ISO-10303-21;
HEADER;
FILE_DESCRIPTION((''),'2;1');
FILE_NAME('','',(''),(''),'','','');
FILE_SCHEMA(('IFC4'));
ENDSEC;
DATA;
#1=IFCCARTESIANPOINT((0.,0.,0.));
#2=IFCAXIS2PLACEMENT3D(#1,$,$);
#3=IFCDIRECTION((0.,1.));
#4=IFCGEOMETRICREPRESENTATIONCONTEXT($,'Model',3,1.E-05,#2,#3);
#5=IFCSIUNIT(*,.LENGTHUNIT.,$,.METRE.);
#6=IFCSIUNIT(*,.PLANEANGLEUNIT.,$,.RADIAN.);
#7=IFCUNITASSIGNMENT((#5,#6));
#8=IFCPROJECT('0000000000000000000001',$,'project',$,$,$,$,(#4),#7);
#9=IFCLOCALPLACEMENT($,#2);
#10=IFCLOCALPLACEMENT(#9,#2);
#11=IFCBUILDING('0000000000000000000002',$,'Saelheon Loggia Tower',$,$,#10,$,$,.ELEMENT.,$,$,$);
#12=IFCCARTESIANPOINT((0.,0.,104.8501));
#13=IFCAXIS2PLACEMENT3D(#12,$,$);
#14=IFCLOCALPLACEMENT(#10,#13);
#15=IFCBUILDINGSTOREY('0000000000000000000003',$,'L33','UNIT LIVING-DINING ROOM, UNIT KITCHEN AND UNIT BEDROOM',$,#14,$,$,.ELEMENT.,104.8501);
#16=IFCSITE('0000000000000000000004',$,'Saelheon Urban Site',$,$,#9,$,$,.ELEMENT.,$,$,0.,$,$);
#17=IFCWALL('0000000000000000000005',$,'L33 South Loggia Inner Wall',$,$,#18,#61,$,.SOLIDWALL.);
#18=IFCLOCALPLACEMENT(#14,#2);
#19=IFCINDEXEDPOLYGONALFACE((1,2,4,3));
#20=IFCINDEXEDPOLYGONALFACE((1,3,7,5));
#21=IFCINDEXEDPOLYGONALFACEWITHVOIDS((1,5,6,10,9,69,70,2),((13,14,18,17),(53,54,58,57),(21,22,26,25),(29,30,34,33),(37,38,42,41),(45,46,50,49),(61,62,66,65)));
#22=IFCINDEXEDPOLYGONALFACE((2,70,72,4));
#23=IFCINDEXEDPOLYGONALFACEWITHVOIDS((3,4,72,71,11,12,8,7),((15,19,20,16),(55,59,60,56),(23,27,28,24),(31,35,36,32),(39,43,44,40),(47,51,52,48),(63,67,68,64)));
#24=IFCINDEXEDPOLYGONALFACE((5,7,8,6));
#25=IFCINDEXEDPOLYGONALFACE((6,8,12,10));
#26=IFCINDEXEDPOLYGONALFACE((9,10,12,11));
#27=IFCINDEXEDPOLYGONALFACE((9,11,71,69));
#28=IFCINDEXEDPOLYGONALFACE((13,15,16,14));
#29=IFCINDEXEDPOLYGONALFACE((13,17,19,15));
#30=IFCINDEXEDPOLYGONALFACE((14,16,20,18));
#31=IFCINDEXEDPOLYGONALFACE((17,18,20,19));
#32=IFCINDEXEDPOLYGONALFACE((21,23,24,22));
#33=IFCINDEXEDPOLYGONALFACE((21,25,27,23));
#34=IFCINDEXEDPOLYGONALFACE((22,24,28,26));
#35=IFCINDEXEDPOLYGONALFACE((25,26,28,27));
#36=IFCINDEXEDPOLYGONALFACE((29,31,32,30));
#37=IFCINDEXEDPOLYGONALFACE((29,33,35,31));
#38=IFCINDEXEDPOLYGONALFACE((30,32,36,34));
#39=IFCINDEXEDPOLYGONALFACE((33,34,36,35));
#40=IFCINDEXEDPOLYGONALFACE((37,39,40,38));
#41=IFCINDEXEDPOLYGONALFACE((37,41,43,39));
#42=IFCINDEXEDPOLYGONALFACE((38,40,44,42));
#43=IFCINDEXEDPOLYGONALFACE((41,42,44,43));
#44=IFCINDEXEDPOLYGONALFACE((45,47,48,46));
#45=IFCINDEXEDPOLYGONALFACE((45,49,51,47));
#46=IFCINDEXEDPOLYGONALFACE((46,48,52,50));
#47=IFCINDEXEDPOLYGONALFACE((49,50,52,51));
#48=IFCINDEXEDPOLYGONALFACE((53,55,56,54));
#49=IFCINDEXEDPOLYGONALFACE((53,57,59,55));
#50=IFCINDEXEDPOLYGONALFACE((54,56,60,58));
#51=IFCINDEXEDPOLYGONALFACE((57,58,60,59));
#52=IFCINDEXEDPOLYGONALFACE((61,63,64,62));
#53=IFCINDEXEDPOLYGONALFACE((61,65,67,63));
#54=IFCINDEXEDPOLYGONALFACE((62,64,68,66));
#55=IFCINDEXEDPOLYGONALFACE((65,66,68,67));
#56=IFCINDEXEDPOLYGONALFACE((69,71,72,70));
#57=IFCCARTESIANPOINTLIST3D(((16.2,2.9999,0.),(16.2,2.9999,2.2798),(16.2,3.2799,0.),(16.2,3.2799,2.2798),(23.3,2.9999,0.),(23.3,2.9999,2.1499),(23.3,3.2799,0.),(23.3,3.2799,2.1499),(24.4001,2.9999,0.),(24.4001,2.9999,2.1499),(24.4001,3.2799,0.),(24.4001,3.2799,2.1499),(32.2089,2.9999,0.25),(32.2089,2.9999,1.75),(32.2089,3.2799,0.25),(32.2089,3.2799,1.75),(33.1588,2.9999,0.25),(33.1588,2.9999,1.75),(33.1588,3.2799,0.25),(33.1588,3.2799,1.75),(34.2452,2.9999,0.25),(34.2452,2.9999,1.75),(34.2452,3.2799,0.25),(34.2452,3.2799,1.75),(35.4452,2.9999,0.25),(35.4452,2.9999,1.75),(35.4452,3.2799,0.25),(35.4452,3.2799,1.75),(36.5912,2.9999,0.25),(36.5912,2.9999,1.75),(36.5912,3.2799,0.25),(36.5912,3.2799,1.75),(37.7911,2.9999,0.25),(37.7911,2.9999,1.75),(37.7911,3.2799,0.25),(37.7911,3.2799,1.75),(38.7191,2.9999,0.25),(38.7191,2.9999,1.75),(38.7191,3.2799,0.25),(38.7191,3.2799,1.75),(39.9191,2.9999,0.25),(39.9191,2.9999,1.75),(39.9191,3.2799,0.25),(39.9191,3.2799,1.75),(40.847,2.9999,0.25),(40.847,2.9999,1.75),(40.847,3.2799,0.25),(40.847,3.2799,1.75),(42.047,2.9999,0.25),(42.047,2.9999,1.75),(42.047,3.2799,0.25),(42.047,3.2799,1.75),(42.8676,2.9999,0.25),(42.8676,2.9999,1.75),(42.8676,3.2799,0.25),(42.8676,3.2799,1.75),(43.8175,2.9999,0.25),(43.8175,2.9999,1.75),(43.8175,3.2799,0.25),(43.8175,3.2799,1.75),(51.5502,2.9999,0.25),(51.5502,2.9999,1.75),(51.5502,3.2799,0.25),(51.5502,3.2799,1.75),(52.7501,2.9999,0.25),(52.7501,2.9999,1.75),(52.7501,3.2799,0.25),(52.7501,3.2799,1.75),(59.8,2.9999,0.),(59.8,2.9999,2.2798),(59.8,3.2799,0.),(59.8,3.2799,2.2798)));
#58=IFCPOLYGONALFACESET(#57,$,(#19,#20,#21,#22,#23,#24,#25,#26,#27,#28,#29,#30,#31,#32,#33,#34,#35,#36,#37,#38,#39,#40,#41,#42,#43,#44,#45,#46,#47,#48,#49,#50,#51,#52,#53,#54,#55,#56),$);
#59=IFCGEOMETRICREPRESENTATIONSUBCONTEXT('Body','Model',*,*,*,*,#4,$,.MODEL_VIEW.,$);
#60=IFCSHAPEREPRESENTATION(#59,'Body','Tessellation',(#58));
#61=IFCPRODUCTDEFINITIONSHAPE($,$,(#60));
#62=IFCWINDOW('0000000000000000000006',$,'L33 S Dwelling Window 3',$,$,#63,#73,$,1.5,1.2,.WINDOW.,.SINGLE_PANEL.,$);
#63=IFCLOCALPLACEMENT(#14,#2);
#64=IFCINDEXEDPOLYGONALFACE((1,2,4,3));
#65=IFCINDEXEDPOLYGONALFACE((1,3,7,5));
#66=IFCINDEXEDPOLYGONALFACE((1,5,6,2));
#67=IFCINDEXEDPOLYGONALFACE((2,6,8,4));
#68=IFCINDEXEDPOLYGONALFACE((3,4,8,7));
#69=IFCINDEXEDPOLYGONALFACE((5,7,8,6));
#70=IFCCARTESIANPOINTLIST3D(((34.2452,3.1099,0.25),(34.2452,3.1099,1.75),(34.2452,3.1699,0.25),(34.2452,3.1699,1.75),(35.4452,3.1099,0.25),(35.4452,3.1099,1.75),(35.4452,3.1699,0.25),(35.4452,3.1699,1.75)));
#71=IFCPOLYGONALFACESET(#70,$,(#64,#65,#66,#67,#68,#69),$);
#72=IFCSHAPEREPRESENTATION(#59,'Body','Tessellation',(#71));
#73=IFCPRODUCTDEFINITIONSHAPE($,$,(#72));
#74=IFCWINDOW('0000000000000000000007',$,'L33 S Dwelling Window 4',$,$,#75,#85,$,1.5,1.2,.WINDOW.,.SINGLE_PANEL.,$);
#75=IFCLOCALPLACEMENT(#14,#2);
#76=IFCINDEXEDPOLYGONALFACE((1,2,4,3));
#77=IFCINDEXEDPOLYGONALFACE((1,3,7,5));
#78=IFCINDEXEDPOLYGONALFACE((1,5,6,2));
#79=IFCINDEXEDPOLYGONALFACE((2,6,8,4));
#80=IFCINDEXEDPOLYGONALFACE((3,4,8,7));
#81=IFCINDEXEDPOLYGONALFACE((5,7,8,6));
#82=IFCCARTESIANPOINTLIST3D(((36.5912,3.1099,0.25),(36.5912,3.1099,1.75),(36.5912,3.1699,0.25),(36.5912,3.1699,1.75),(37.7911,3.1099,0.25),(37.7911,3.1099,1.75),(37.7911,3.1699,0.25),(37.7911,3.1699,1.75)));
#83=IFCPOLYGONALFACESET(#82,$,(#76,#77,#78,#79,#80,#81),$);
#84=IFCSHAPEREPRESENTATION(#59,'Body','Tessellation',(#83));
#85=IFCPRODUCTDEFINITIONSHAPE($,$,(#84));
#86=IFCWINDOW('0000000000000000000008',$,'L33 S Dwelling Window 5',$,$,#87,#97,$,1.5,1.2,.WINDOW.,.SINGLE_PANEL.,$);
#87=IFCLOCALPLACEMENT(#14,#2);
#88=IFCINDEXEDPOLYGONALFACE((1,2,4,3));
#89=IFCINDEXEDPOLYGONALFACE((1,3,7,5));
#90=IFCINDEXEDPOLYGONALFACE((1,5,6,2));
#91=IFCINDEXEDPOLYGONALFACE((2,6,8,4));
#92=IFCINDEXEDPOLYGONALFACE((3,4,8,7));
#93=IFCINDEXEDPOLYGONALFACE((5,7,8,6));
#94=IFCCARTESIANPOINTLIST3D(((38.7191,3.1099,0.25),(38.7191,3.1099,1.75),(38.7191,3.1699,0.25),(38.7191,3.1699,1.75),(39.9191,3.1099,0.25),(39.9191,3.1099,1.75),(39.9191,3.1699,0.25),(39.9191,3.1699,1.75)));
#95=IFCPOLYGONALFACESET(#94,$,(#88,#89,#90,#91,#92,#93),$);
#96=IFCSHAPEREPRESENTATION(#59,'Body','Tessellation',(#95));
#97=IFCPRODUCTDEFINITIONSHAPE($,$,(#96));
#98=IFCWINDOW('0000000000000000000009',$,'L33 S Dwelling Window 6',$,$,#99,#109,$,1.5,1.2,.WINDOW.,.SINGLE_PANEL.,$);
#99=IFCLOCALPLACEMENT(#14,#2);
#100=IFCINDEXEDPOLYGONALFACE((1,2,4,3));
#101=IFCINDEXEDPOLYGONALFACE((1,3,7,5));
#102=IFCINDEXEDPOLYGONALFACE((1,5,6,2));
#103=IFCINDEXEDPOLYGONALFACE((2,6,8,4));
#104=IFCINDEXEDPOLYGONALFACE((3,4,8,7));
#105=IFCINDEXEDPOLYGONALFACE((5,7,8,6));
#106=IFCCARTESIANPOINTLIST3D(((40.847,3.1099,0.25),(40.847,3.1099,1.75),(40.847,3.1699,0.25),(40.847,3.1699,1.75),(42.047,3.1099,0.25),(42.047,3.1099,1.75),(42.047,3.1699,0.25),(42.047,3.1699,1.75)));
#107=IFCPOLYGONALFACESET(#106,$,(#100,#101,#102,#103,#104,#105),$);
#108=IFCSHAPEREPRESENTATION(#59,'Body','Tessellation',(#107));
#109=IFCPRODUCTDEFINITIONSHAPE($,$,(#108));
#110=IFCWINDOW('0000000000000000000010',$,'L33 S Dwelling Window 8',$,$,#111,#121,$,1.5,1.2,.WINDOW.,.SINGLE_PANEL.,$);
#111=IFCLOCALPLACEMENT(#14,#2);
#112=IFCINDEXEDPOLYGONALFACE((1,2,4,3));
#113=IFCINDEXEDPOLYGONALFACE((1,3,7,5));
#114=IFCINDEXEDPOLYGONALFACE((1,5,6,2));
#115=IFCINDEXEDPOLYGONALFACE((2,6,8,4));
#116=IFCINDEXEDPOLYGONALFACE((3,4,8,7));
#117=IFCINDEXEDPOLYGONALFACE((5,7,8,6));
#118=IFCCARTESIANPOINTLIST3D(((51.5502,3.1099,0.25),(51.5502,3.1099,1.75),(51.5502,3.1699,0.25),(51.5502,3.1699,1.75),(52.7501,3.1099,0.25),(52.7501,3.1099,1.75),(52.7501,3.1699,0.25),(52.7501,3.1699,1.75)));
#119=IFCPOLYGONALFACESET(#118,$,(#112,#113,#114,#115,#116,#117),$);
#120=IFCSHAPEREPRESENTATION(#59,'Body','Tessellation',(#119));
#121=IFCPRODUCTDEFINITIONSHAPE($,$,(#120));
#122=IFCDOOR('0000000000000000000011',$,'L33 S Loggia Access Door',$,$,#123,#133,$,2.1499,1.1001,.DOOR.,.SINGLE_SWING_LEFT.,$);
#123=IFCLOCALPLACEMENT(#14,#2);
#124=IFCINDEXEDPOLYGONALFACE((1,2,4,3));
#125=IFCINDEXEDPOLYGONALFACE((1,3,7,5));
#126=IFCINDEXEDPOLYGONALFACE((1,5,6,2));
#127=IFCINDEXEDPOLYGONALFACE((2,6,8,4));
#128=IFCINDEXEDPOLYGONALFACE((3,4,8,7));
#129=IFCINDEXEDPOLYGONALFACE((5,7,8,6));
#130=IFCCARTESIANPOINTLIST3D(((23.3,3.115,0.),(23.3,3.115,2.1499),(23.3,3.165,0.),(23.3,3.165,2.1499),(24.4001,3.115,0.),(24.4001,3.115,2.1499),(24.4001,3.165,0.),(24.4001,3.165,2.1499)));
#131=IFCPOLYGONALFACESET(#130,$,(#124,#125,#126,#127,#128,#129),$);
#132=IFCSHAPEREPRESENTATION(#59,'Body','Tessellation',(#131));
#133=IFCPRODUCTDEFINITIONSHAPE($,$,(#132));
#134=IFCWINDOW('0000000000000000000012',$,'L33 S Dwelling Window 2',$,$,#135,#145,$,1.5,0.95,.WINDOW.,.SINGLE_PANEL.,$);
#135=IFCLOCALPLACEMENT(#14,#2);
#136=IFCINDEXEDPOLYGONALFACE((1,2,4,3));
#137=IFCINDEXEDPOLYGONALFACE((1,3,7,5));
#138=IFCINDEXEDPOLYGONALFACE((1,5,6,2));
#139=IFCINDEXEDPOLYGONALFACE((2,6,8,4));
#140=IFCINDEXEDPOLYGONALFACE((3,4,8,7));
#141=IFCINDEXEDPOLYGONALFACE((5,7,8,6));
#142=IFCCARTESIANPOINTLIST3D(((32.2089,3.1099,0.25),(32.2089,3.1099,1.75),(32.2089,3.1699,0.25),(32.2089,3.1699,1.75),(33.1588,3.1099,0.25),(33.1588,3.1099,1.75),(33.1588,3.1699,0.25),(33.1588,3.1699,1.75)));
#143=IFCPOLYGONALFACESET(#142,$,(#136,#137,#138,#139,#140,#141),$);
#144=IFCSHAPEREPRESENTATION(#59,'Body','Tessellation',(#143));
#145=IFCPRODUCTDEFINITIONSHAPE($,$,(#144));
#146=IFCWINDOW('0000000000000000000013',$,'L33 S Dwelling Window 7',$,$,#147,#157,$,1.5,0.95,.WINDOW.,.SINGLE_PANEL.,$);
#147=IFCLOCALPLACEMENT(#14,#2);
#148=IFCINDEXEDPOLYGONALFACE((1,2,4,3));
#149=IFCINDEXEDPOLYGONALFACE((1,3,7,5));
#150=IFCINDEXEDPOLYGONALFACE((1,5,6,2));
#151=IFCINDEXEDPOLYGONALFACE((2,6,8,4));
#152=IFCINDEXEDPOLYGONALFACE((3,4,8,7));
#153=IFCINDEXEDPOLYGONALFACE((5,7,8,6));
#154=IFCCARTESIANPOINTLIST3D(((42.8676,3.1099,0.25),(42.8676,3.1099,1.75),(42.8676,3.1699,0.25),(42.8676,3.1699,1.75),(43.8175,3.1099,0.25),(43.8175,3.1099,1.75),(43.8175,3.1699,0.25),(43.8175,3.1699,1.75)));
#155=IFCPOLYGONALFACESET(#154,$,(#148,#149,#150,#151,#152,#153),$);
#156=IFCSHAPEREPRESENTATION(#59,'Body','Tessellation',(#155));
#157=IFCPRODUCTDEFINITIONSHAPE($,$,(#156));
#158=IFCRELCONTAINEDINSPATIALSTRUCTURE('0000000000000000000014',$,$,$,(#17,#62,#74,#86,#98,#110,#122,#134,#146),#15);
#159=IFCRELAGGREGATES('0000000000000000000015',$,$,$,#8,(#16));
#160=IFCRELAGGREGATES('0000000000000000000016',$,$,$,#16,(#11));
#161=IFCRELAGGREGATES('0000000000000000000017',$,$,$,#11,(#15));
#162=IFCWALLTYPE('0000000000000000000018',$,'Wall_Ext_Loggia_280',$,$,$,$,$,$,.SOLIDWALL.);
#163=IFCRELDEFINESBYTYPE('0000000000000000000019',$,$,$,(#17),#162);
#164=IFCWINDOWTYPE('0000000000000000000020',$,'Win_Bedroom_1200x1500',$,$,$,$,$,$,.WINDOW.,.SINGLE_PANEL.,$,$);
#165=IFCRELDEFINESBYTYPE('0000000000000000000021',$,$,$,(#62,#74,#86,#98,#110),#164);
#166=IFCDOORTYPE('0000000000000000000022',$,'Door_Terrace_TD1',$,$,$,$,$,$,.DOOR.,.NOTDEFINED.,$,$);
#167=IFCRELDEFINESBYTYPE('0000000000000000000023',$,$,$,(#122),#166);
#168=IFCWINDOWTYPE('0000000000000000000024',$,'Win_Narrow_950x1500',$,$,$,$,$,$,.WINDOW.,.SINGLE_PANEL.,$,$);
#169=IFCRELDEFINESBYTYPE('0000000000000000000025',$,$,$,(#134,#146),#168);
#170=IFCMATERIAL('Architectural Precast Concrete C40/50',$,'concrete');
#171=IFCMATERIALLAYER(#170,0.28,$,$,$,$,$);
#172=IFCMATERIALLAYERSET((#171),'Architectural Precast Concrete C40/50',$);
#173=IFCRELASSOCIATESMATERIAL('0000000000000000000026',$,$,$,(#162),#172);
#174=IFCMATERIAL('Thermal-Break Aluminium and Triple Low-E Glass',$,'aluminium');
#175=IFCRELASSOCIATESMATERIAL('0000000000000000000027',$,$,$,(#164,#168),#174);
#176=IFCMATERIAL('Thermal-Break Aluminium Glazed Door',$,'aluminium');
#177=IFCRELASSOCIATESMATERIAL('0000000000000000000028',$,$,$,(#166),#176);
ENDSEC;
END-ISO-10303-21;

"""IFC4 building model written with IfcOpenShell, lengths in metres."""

from ifc_helpers import new_model, si_unit, direction, frame, frame_2d, origin, place, context, subcontext, project, spatial, rectangle, extrude, source, transform, mapped, material, layer, layer_set, type_object, element, fill, save


model = new_model("IFC4")

# Units and contexts
model_context = context("Model", 3, precision=1e-05, world=origin(), true_north=direction((0.0, 1.0)))
body_context = subcontext(model_context, "Body", "Model", "MODEL_VIEW")
ifc_project = project(units=[si_unit("LENGTHUNIT", "METRE"), si_unit("PLANEANGLEUNIT", "RADIAN")], contexts=[model_context])

# Site, building, storey
site_placement = place(None, origin())
site = spatial("IfcSite", under=ifc_project, at=site_placement, Name="Saelheon Urban Site", CompositionType="ELEMENT", RefElevation=0.0)
building_placement = place(site_placement, origin())
building = spatial("IfcBuilding", under=site, at=building_placement, Name="Saelheon Loggia Tower", CompositionType="ELEMENT")
storey_placement = place(building_placement, frame((0.0, 0.0, 104.8501)))
storey = spatial("IfcBuildingStorey", under=building, at=storey_placement, Name="L33", Description="UNIT LIVING-DINING ROOM, UNIT KITCHEN AND UNIT BEDROOM", CompositionType="ELEMENT", Elevation=104.8501)

# Wall, openings, windows, door
ifc_material_1 = material(Name="Architectural Precast Concrete C40/50", Category="concrete")
ifc_layer_1 = layer(ifc_material_1, 0.28)
ifc_layer_set_1 = layer_set([ifc_layer_1], Name="Architectural Precast Concrete C40/50")
wall_type_1 = type_object("IfcWallType", Name="Wall_Ext_Loggia_280", PredefinedType="SOLIDWALL", material=ifc_layer_set_1)
wall_1_placement = place(storey_placement, frame((16.2, 3.1399, 0.0), z_axis=(0.0, 0.0, 1.0), x_axis=(1.0, 0.0, 0.0)))
wall_1 = element("IfcWall", 1, at=wall_1_placement, inside=storey, type_object=wall_type_1, Name="L33 South Loggia Inner Wall", PredefinedType="SOLIDWALL", context=body_context, shape_type="SweptSolid", body=[
    extrude(rectangle(XDim=43.6001, YDim=0.28, at=frame_2d((21.8, 0.0))), origin(), (0.0, 0.0, 1.0), 2.2798),
])
opening_1_placement = place(wall_1_placement, frame((8.2002, 0.0, 0.0), z_axis=(0.0, 0.0, 1.0), x_axis=(-1.0, 0.0, 0.0)))
opening_1 = element("IfcOpeningElement", 2, at=opening_1_placement, cuts=wall_1, PredefinedType="OPENING", context=body_context, shape_type="SweptSolid", body=[
    extrude(rectangle(XDim=1.1001, YDim=2.1499, at=frame_2d((0.55, 1.075))), frame((0.0, 0.1521, 0.0), z_axis=(0.0, -1.0, 0.0), x_axis=(1.0, 0.0, 0.0)), (0.0, 0.0, 1.0), 0.304),
])
opening_2_placement = place(wall_1_placement, frame((16.0088, 0.0, 0.25)))
opening_2 = element("IfcOpeningElement", 3, at=opening_2_placement, cuts=wall_1, PredefinedType="OPENING", context=body_context, shape_type="SweptSolid", body=[
    extrude(rectangle(XDim=0.95, YDim=1.5, at=frame_2d((0.4751, 0.75))), frame((0.0, 0.1521, 0.0), z_axis=(0.0, -1.0, 0.0), x_axis=(1.0, 0.0, 0.0)), (0.0, 0.0, 1.0), 0.304),
])
opening_3_placement = place(wall_1_placement, frame((18.0452, 0.0, 0.25)))
opening_3 = element("IfcOpeningElement", 4, at=opening_3_placement, cuts=wall_1, PredefinedType="OPENING", context=body_context, shape_type="SweptSolid", body=[
    extrude(rectangle(XDim=1.2, YDim=1.5, at=frame_2d((0.6001, 0.75))), frame((0.0, 0.1521, 0.0), z_axis=(0.0, -1.0, 0.0), x_axis=(1.0, 0.0, 0.0)), (0.0, 0.0, 1.0), 0.304),
])
opening_4_placement = place(wall_1_placement, frame((20.3911, 0.0, 0.25)))
opening_4 = element("IfcOpeningElement", 5, at=opening_4_placement, cuts=wall_1, PredefinedType="OPENING", context=body_context, shape_type="SweptSolid", body=[
    extrude(rectangle(XDim=1.2, YDim=1.5, at=frame_2d((0.6001, 0.75))), frame((0.0, 0.1521, 0.0), z_axis=(0.0, -1.0, 0.0), x_axis=(1.0, 0.0, 0.0)), (0.0, 0.0, 1.0), 0.304),
])
opening_5_placement = place(wall_1_placement, frame((22.519, 0.0, 0.25)))
opening_5 = element("IfcOpeningElement", 6, at=opening_5_placement, cuts=wall_1, PredefinedType="OPENING", context=body_context, shape_type="SweptSolid", body=[
    extrude(rectangle(XDim=1.2, YDim=1.5, at=frame_2d((0.6001, 0.75))), frame((0.0, 0.1521, 0.0), z_axis=(0.0, -1.0, 0.0), x_axis=(1.0, 0.0, 0.0)), (0.0, 0.0, 1.0), 0.304),
])
opening_6_placement = place(wall_1_placement, frame((24.647, 0.0, 0.25)))
opening_6 = element("IfcOpeningElement", 7, at=opening_6_placement, cuts=wall_1, PredefinedType="OPENING", context=body_context, shape_type="SweptSolid", body=[
    extrude(rectangle(XDim=1.2, YDim=1.5, at=frame_2d((0.6001, 0.75))), frame((0.0, 0.1521, 0.0), z_axis=(0.0, -1.0, 0.0), x_axis=(1.0, 0.0, 0.0)), (0.0, 0.0, 1.0), 0.304),
])
opening_7_placement = place(wall_1_placement, frame((26.6675, 0.0, 0.25)))
opening_7 = element("IfcOpeningElement", 8, at=opening_7_placement, cuts=wall_1, PredefinedType="OPENING", context=body_context, shape_type="SweptSolid", body=[
    extrude(rectangle(XDim=0.95, YDim=1.5, at=frame_2d((0.4751, 0.75))), frame((0.0, 0.1521, 0.0), z_axis=(0.0, -1.0, 0.0), x_axis=(1.0, 0.0, 0.0)), (0.0, 0.0, 1.0), 0.304),
])
opening_8_placement = place(wall_1_placement, frame((35.3501, 0.0, 0.25)))
opening_8 = element("IfcOpeningElement", 9, at=opening_8_placement, cuts=wall_1, PredefinedType="OPENING", context=body_context, shape_type="SweptSolid", body=[
    extrude(rectangle(XDim=1.2, YDim=1.5, at=frame_2d((0.6001, 0.75))), frame((0.0, 0.1521, 0.0), z_axis=(0.0, -1.0, 0.0), x_axis=(1.0, 0.0, 0.0)), (0.0, 0.0, 1.0), 0.304),
])
ifc_material_2 = material(Name="Thermal-Break Aluminium and Triple Low-E Glass", Category="aluminium")
window_type_1 = type_object("IfcWindowType", Name="Win_Bedroom_1200x1500", PartitioningType="SINGLE_PANEL", PredefinedType="WINDOW", material=ifc_material_2)
shared_shape_1 = source(origin(), body_context, "Body", "SweptSolid", [
    extrude(rectangle(XDim=1.2, YDim=1.5, at=frame_2d((0.6001, 0.75))), frame((0.0, 0.03, 0.0), z_axis=(0.0, -1.0, 0.0), x_axis=(1.0, 0.0, 0.0)), (0.0, 0.0, 1.0), 0.0601),
])
window_1_placement = place(opening_3_placement, origin())
window_1 = element("IfcWindow", 10, at=window_1_placement, inside=storey, type_object=window_type_1, Name="L33 S Dwelling Window 3", OverallHeight=1.5, OverallWidth=1.2, PartitioningType="SINGLE_PANEL", PredefinedType="WINDOW", context=body_context, shape_type="MappedRepresentation", body=[
    mapped(shared_shape_1, transform((0.0, 0.0, 0.0), scale=1.0)),
])
fill(opening_3, window_1)
window_2_placement = place(opening_4_placement, origin())
window_2 = element("IfcWindow", 11, at=window_2_placement, inside=storey, type_object=window_type_1, Name="L33 S Dwelling Window 4", OverallHeight=1.5, OverallWidth=1.2, PartitioningType="SINGLE_PANEL", PredefinedType="WINDOW", context=body_context, shape_type="MappedRepresentation", body=[
    mapped(shared_shape_1, transform((0.0, 0.0, 0.0), scale=1.0)),
])
fill(opening_4, window_2)
window_3_placement = place(opening_5_placement, origin())
window_3 = element("IfcWindow", 12, at=window_3_placement, inside=storey, type_object=window_type_1, Name="L33 S Dwelling Window 5", OverallHeight=1.5, OverallWidth=1.2, PartitioningType="SINGLE_PANEL", PredefinedType="WINDOW", context=body_context, shape_type="MappedRepresentation", body=[
    mapped(shared_shape_1, transform((0.0, 0.0, 0.0), scale=1.0)),
])
fill(opening_5, window_3)
window_4_placement = place(opening_6_placement, origin())
window_4 = element("IfcWindow", 13, at=window_4_placement, inside=storey, type_object=window_type_1, Name="L33 S Dwelling Window 6", OverallHeight=1.5, OverallWidth=1.2, PartitioningType="SINGLE_PANEL", PredefinedType="WINDOW", context=body_context, shape_type="MappedRepresentation", body=[
    mapped(shared_shape_1, transform((0.0, 0.0, 0.0), scale=1.0)),
])
fill(opening_6, window_4)
window_5_placement = place(opening_8_placement, origin())
window_5 = element("IfcWindow", 14, at=window_5_placement, inside=storey, type_object=window_type_1, Name="L33 S Dwelling Window 8", OverallHeight=1.5, OverallWidth=1.2, PartitioningType="SINGLE_PANEL", PredefinedType="WINDOW", context=body_context, shape_type="MappedRepresentation", body=[
    mapped(shared_shape_1, transform((0.0, 0.0, 0.0), scale=1.0)),
])
fill(opening_8, window_5)
ifc_material_3 = material(Name="Thermal-Break Aluminium Glazed Door", Category="aluminium")
door_type_1 = type_object("IfcDoorType", Name="Door_Terrace_TD1", OperationType="NOTDEFINED", PredefinedType="DOOR", material=ifc_material_3)
shared_shape_2 = source(origin(), body_context, "Body", "SweptSolid", [
    extrude(rectangle(XDim=1.1001, YDim=2.1499, at=frame_2d((0.55, 1.075))), frame((0.0, 0.0249, 0.0), z_axis=(0.0, -1.0, 0.0), x_axis=(1.0, 0.0, 0.0)), (0.0, 0.0, 1.0), 0.05),
])
door_1_placement = place(opening_1_placement, origin())
door_1 = element("IfcDoor", 15, at=door_1_placement, inside=storey, type_object=door_type_1, Name="L33 S Loggia Access Door", OperationType="SINGLE_SWING_LEFT", OverallHeight=2.1499, OverallWidth=1.1001, PredefinedType="DOOR", context=body_context, shape_type="MappedRepresentation", body=[
    mapped(shared_shape_2, transform((0.0, 0.0, 0.0), scale=1.0)),
])
fill(opening_1, door_1)
window_type_2 = type_object("IfcWindowType", Name="Win_Narrow_950x1500", PartitioningType="SINGLE_PANEL", PredefinedType="WINDOW", material=ifc_material_2)
shared_shape_3 = source(origin(), body_context, "Body", "SweptSolid", [
    extrude(rectangle(XDim=0.95, YDim=1.5, at=frame_2d((0.4751, 0.75))), frame((0.0, 0.03, 0.0), z_axis=(0.0, -1.0, 0.0), x_axis=(1.0, 0.0, 0.0)), (0.0, 0.0, 1.0), 0.0601),
])
window_6_placement = place(opening_2_placement, origin())
window_6 = element("IfcWindow", 16, at=window_6_placement, inside=storey, type_object=window_type_2, Name="L33 S Dwelling Window 2", OverallHeight=1.5, OverallWidth=0.95, PartitioningType="SINGLE_PANEL", PredefinedType="WINDOW", context=body_context, shape_type="MappedRepresentation", body=[
    mapped(shared_shape_3, transform((0.0, 0.0, 0.0), scale=1.0)),
])
fill(opening_2, window_6)
window_7_placement = place(opening_7_placement, origin())
window_7 = element("IfcWindow", 17, at=window_7_placement, inside=storey, type_object=window_type_2, Name="L33 S Dwelling Window 7", OverallHeight=1.5, OverallWidth=0.95, PartitioningType="SINGLE_PANEL", PredefinedType="WINDOW", context=body_context, shape_type="MappedRepresentation", body=[
    mapped(shared_shape_3, transform((0.0, 0.0, 0.0), scale=1.0)),
])
fill(opening_7, window_7)

save(model, "model.ifc")
